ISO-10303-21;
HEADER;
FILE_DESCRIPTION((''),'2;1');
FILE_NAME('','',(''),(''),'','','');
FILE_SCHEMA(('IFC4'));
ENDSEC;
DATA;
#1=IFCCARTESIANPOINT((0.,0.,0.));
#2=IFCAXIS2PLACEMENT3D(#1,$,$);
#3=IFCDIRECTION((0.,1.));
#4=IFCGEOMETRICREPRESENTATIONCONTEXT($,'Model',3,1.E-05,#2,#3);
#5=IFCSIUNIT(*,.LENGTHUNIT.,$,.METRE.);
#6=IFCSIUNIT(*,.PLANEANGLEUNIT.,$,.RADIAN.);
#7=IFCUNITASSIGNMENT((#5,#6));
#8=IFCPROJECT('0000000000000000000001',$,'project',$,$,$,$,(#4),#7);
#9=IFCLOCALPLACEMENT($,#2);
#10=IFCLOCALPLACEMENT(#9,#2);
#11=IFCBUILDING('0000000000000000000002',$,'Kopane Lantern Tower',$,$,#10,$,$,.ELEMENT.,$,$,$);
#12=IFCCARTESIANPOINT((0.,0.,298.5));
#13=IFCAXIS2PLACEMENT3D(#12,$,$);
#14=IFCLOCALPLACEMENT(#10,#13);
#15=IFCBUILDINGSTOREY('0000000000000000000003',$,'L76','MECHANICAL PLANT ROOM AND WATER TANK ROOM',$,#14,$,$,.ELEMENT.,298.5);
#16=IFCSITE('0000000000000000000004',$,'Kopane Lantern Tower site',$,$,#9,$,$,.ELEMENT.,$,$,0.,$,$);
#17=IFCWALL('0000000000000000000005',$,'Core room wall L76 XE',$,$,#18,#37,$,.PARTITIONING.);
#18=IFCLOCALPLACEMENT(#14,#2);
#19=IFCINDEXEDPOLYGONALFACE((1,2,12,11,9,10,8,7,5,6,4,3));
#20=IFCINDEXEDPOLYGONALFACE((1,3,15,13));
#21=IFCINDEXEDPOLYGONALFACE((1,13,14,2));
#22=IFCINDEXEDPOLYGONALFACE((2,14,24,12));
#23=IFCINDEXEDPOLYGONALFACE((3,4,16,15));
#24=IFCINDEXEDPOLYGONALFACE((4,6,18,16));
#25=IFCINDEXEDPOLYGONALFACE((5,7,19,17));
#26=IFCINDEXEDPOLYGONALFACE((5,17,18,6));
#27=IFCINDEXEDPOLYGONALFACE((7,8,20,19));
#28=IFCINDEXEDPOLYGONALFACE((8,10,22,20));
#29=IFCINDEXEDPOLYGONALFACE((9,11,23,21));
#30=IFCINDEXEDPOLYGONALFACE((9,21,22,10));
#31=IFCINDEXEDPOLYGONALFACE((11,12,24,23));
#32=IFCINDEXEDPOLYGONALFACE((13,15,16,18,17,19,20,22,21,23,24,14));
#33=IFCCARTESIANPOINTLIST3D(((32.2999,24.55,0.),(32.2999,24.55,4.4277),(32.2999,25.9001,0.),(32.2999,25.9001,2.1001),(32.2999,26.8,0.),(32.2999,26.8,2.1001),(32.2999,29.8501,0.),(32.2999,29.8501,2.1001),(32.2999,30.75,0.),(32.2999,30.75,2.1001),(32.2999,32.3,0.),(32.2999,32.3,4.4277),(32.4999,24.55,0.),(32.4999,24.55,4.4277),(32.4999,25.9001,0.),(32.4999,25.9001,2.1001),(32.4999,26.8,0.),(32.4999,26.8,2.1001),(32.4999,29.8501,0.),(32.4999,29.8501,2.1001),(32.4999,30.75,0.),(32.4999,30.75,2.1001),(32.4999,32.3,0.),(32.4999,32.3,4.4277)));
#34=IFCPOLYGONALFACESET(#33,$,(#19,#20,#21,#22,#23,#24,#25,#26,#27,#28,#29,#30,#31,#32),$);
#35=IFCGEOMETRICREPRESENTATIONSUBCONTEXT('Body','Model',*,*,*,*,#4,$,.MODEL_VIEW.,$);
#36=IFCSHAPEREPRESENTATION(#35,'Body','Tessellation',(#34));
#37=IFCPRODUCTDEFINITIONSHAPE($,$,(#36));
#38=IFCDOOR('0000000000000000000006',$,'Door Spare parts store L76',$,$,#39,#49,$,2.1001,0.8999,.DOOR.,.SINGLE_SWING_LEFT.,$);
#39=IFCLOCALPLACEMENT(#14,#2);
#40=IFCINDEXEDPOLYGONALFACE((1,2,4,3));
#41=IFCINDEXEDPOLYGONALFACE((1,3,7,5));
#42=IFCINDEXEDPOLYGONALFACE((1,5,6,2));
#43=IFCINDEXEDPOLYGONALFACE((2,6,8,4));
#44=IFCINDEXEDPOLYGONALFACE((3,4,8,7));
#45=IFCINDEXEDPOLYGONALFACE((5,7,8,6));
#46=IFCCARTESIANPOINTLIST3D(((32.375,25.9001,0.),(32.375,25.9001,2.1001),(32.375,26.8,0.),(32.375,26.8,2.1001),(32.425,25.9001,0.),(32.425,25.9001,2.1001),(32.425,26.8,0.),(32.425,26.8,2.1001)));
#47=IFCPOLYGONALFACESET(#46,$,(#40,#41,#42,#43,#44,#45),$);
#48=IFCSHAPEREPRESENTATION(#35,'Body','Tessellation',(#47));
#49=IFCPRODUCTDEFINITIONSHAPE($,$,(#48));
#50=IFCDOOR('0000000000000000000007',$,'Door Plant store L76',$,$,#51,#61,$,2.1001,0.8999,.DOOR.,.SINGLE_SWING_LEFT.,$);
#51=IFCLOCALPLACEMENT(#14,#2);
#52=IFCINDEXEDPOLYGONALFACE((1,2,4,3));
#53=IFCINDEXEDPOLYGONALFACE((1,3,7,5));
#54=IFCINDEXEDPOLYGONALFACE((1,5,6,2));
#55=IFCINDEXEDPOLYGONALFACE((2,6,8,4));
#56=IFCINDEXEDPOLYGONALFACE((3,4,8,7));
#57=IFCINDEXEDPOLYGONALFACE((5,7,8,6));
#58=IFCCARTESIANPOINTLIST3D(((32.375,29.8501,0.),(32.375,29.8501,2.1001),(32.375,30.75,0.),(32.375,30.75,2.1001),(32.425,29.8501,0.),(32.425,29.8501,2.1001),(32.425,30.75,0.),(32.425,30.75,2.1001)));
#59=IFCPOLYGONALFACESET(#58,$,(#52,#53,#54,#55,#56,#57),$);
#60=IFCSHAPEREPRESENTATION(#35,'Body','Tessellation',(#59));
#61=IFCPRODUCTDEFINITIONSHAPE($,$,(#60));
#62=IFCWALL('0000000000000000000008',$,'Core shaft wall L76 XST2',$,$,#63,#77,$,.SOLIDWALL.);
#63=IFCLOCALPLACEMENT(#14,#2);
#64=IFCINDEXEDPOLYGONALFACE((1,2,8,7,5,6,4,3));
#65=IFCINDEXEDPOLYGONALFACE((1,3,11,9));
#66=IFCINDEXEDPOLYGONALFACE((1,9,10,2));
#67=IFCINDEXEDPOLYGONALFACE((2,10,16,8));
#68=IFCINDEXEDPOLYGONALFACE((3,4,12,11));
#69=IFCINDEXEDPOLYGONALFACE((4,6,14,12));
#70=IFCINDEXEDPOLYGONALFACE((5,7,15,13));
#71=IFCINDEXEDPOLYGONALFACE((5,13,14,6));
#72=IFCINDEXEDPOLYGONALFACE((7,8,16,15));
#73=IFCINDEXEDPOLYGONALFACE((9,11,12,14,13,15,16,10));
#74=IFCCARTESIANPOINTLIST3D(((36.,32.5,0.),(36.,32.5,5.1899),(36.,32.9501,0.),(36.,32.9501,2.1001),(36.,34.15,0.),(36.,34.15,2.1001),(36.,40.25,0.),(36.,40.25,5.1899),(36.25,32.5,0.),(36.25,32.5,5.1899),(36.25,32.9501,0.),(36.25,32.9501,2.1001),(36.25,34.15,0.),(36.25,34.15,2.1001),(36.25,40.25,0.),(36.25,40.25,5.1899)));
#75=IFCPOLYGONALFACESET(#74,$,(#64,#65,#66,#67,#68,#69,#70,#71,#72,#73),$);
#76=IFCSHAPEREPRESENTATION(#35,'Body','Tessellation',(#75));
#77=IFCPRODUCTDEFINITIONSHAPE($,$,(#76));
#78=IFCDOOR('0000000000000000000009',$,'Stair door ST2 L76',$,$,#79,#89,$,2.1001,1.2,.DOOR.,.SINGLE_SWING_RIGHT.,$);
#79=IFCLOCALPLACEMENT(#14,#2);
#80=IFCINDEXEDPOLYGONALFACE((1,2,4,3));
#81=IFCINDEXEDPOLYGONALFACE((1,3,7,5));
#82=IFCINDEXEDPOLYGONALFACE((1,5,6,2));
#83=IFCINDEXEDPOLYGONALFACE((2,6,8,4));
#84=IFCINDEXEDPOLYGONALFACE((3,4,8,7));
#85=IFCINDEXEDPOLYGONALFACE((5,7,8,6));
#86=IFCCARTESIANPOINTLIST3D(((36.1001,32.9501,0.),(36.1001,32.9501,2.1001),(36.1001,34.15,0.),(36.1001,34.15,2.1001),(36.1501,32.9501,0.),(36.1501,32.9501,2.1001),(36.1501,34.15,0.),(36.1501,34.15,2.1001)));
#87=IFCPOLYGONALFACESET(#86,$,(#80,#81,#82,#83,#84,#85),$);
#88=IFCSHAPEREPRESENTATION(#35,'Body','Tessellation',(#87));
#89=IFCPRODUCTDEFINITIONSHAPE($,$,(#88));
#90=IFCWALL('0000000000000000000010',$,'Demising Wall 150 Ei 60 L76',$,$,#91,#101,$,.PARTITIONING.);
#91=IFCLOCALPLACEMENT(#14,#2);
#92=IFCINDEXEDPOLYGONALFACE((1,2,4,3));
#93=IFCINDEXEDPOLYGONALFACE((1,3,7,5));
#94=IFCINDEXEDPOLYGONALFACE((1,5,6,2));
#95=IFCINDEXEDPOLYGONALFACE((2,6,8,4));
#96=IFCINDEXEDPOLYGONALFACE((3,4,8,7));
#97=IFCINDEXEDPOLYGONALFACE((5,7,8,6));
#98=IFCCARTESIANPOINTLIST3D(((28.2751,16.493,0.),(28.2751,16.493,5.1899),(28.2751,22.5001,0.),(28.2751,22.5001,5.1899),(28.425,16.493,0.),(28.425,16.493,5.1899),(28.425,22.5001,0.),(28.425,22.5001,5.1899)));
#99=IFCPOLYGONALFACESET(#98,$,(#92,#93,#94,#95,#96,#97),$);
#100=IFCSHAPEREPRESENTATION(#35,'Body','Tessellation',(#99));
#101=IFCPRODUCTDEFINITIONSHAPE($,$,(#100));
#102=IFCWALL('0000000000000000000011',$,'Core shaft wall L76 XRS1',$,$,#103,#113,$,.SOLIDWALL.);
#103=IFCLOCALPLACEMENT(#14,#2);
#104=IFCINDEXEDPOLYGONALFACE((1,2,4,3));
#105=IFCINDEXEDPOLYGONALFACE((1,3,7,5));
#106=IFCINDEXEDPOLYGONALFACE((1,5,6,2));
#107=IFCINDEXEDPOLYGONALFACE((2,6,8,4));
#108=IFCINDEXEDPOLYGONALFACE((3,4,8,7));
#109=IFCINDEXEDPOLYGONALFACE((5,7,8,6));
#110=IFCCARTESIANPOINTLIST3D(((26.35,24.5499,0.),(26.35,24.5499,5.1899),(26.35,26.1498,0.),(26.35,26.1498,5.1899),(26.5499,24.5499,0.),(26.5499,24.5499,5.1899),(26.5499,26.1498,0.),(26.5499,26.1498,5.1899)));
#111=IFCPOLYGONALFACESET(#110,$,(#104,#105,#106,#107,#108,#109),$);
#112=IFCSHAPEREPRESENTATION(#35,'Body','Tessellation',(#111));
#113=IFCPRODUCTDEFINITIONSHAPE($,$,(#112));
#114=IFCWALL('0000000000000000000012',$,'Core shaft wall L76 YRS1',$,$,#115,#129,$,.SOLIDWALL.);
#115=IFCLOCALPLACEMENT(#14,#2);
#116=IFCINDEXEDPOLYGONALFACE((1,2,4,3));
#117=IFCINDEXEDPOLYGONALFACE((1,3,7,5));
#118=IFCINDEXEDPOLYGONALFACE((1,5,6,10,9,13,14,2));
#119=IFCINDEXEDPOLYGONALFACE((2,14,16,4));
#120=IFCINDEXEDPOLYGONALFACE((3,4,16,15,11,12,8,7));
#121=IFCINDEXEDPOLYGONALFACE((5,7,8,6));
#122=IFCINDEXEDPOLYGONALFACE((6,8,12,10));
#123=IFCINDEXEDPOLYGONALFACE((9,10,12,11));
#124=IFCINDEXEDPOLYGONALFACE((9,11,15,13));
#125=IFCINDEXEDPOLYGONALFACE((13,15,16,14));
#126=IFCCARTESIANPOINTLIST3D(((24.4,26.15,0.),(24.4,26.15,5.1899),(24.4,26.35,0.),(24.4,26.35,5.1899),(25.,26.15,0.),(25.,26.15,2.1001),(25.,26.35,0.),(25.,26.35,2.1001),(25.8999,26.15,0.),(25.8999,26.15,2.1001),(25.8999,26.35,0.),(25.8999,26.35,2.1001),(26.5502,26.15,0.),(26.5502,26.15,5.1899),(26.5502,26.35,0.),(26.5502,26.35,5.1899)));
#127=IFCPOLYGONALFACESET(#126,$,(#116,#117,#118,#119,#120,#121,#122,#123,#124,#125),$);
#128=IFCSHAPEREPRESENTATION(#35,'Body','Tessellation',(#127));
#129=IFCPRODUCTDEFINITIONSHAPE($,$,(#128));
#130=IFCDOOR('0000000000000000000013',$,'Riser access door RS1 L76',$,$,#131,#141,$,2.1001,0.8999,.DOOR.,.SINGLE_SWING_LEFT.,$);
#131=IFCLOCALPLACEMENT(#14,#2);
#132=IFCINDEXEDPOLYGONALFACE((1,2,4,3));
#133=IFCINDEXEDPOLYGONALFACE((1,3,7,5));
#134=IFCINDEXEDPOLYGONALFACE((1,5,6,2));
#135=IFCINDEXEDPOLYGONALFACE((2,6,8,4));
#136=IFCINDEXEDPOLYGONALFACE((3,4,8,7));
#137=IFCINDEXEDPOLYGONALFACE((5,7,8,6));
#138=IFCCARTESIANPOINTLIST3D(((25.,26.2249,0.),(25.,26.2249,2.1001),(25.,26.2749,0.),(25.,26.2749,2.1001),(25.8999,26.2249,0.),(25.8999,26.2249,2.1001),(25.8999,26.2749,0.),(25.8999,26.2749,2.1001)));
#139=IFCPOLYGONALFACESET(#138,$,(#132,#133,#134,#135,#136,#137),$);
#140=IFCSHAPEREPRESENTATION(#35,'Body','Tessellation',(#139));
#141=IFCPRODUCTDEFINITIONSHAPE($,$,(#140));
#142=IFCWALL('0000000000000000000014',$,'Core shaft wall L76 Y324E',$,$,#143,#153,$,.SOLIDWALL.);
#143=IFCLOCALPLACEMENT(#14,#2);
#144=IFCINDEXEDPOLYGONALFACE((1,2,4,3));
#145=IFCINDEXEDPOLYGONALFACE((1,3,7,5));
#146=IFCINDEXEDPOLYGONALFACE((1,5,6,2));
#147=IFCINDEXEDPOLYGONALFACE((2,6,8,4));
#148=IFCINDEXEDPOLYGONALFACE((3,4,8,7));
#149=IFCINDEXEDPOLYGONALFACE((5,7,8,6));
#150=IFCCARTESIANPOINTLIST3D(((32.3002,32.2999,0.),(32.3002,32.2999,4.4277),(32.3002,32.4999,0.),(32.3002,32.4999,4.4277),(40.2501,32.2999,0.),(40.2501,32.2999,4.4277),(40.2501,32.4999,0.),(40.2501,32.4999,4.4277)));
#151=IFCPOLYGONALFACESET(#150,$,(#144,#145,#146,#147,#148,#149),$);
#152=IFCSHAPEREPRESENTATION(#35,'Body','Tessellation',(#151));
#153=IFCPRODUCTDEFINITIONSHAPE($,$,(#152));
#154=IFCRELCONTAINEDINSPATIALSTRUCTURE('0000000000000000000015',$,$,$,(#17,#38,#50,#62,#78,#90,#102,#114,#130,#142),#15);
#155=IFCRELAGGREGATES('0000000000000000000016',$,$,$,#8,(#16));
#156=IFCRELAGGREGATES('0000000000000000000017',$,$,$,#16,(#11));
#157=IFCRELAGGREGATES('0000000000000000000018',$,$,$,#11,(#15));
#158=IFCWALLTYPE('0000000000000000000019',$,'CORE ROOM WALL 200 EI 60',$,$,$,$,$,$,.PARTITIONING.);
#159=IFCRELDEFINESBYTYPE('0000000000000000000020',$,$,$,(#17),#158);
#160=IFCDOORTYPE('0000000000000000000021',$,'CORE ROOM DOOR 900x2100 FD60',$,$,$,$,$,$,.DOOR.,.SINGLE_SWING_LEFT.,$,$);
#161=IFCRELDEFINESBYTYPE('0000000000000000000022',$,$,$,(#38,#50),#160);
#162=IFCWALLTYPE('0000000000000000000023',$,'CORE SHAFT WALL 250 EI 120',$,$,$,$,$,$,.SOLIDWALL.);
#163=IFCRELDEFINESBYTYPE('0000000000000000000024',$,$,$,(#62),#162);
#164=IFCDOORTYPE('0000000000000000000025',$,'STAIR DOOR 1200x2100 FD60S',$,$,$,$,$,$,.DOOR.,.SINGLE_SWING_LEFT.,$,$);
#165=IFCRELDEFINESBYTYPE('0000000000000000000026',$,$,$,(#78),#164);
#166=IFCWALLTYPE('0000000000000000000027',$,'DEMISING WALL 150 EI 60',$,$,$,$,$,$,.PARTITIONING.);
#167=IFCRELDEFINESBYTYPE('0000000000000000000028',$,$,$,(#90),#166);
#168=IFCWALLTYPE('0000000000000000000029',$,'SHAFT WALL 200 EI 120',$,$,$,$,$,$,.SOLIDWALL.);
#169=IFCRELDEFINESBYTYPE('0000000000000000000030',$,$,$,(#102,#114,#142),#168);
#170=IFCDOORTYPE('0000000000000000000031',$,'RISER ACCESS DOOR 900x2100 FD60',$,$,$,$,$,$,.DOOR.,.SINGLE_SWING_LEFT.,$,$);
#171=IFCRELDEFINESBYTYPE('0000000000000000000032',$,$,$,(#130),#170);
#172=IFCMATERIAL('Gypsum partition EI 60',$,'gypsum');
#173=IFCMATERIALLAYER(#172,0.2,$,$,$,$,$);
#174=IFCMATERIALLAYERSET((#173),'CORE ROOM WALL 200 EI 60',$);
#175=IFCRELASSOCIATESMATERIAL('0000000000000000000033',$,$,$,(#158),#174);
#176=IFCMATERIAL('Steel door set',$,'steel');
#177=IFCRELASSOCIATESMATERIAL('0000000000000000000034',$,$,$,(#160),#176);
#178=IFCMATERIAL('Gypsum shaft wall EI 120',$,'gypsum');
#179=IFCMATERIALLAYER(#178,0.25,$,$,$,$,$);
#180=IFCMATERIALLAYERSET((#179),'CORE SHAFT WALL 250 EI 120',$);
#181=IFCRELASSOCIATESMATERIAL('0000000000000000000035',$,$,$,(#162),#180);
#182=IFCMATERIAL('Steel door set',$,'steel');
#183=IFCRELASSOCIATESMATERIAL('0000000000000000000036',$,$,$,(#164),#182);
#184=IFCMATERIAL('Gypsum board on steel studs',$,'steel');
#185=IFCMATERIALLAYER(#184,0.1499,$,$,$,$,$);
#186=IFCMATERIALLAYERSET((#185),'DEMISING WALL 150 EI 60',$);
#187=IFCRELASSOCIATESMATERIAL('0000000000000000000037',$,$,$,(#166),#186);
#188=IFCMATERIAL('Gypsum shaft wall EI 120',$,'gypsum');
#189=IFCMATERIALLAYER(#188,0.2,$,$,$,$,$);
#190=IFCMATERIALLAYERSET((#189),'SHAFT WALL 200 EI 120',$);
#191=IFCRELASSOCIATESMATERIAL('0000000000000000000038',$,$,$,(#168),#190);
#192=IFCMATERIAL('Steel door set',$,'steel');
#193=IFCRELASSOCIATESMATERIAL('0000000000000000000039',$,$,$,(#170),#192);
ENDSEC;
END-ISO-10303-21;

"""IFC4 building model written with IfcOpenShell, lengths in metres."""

from ifc_helpers import new_model, si_unit, direction, frame, frame_2d, origin, place, context, subcontext, project, spatial, rectangle, extrude, material, layer, layer_set, type_object, element, fill, save


model = new_model("IFC4")

# Units and contexts
model_context = context("Model", 3, precision=1e-05, world=origin(), true_north=direction((0.0, 1.0)))
body_context = subcontext(model_context, "Body", "Model", "MODEL_VIEW")
ifc_project = project(units=[si_unit("LENGTHUNIT", "METRE"), si_unit("PLANEANGLEUNIT", "RADIAN")], contexts=[model_context])

# Site, building, storey
site_placement = place(None, origin())
site = spatial("IfcSite", under=ifc_project, at=site_placement, Name="Kopane Lantern Tower site", CompositionType="ELEMENT", RefElevation=0.0)
building_placement = place(site_placement, origin())
building = spatial("IfcBuilding", under=site, at=building_placement, Name="Kopane Lantern Tower", CompositionType="ELEMENT")
storey_placement = place(building_placement, frame((0.0, 0.0, 298.5)))
storey = spatial("IfcBuildingStorey", under=building, at=storey_placement, Name="L76", Description="MECHANICAL PLANT ROOM AND WATER TANK ROOM", CompositionType="ELEMENT", Elevation=298.5)

# Wall, openings, doors
ifc_material_1 = material(Name="Gypsum partition EI 60", Category="gypsum")
ifc_layer_1 = layer(ifc_material_1, 0.2)
ifc_layer_set_1 = layer_set([ifc_layer_1], Name="CORE ROOM WALL 200 EI 60")
wall_type_1 = type_object("IfcWallType", Name="CORE ROOM WALL 200 EI 60", PredefinedType="PARTITIONING", material=ifc_layer_set_1)
wall_1_placement = place(storey_placement, frame((32.3999, 24.55, 0.0), z_axis=(0.0, 0.0, 1.0), x_axis=(0.0, 1.0, 0.0)))
wall_1 = element("IfcWall", 1, at=wall_1_placement, inside=storey, type_object=wall_type_1, Name="Core room wall L76 XE", PredefinedType="PARTITIONING", context=body_context, shape_type="SweptSolid", body=[
    extrude(rectangle(XDim=7.75, YDim=0.2, at=frame_2d((3.875, 0.0))), origin(), (0.0, 0.0, 1.0), 4.4277),
])
opening_1_placement = place(wall_1_placement, frame((1.3501, 0.0, 0.0)))
opening_1 = element("IfcOpeningElement", 2, at=opening_1_placement, cuts=wall_1, PredefinedType="OPENING", context=body_context, shape_type="SweptSolid", body=[
    extrude(rectangle(XDim=0.8999, YDim=2.1001, at=frame_2d((0.45, 1.05))), frame((0.0, 0.1099, 0.0), z_axis=(0.0, -1.0, 0.0), x_axis=(1.0, 0.0, 0.0)), (0.0, 0.0, 1.0), 0.22),
])
opening_2_placement = place(wall_1_placement, frame((5.3, 0.0, 0.0)))
opening_2 = element("IfcOpeningElement", 3, at=opening_2_placement, cuts=wall_1, PredefinedType="OPENING", context=body_context, shape_type="SweptSolid", body=[
    extrude(rectangle(XDim=0.8999, YDim=2.1001, at=frame_2d((0.45, 1.05))), frame((0.0, 0.1099, 0.0), z_axis=(0.0, -1.0, 0.0), x_axis=(1.0, 0.0, 0.0)), (0.0, 0.0, 1.0), 0.22),
])
ifc_material_2 = material(Name="Steel door set", Category="steel")
door_type_1 = type_object("IfcDoorType", Name="CORE ROOM DOOR 900x2100 FD60", OperationType="SINGLE_SWING_LEFT", PredefinedType="DOOR", material=ifc_material_2)
door_1_placement = place(opening_1_placement, origin())
door_1 = element("IfcDoor", 4, at=door_1_placement, inside=storey, type_object=door_type_1, Name="Door Spare parts store L76", OperationType="SINGLE_SWING_LEFT", OverallHeight=2.1001, OverallWidth=0.8999, PredefinedType="DOOR", context=body_context, shape_type="SweptSolid", body=[
    extrude(rectangle(XDim=0.8999, YDim=2.1001, at=frame_2d((0.45, 1.05))), frame((0.0, 0.0249, 0.0), z_axis=(0.0, -1.0, 0.0), x_axis=(1.0, 0.0, 0.0)), (0.0, 0.0, 1.0), 0.05),
])
fill(opening_1, door_1)
door_2_placement = place(opening_2_placement, origin())
door_2 = element("IfcDoor", 5, at=door_2_placement, inside=storey, type_object=door_type_1, Name="Door Plant store L76", OperationType="SINGLE_SWING_LEFT", OverallHeight=2.1001, OverallWidth=0.8999, PredefinedType="DOOR", context=body_context, shape_type="SweptSolid", body=[
    extrude(rectangle(XDim=0.8999, YDim=2.1001, at=frame_2d((0.45, 1.05))), frame((0.0, 0.0249, 0.0), z_axis=(0.0, -1.0, 0.0), x_axis=(1.0, 0.0, 0.0)), (0.0, 0.0, 1.0), 0.05),
])
fill(opening_2, door_2)

# Wall, opening, door
ifc_material_3 = material(Name="Gypsum shaft wall EI 120", Category="gypsum")
ifc_layer_2 = layer(ifc_material_3, 0.25)
ifc_layer_set_2 = layer_set([ifc_layer_2], Name="CORE SHAFT WALL 250 EI 120")
wall_type_2 = type_object("IfcWallType", Name="CORE SHAFT WALL 250 EI 120", PredefinedType="SOLIDWALL", material=ifc_layer_set_2)
wall_2_placement = place(storey_placement, frame((36.125, 32.5, 0.0), z_axis=(0.0, 0.0, 1.0), x_axis=(0.0, 1.0, 0.0)))
wall_2 = element("IfcWall", 6, at=wall_2_placement, inside=storey, type_object=wall_type_2, Name="Core shaft wall L76 XST2", PredefinedType="SOLIDWALL", context=body_context, shape_type="SweptSolid", body=[
    extrude(rectangle(XDim=7.75, YDim=0.25, at=frame_2d((3.875, 0.0))), origin(), (0.0, 0.0, 1.0), 5.1899),
])
opening_3_placement = place(wall_2_placement, frame((0.45, 0.0, 0.0)))
opening_3 = element("IfcOpeningElement", 7, at=opening_3_placement, cuts=wall_2, PredefinedType="OPENING", context=body_context, shape_type="SweptSolid", body=[
    extrude(rectangle(XDim=1.2, YDim=2.1001, at=frame_2d((0.6001, 1.05))), frame((0.0, 0.135, 0.0), z_axis=(0.0, -1.0, 0.0), x_axis=(1.0, 0.0, 0.0)), (0.0, 0.0, 1.0), 0.27),
])
ifc_material_4 = material(Name="Steel door set", Category="steel")
door_type_2 = type_object("IfcDoorType", Name="STAIR DOOR 1200x2100 FD60S", OperationType="SINGLE_SWING_LEFT", PredefinedType="DOOR", material=ifc_material_4)
door_3_placement = place(opening_3_placement, origin())
door_3 = element("IfcDoor", 8, at=door_3_placement, inside=storey, type_object=door_type_2, Name="Stair door ST2 L76", OperationType="SINGLE_SWING_RIGHT", OverallHeight=2.1001, OverallWidth=1.2, PredefinedType="DOOR", context=body_context, shape_type="SweptSolid", body=[
    extrude(rectangle(XDim=1.2, YDim=2.1001, at=frame_2d((0.6001, 1.05))), frame((0.0, 0.0249, 0.0), z_axis=(0.0, -1.0, 0.0), x_axis=(1.0, 0.0, 0.0)), (0.0, 0.0, 1.0), 0.05),
])
fill(opening_3, door_3)

# Walls
ifc_material_5 = material(Name="Gypsum board on steel studs", Category="steel")
ifc_layer_3 = layer(ifc_material_5, 0.1499)
ifc_layer_set_3 = layer_set([ifc_layer_3], Name="DEMISING WALL 150 EI 60")
wall_type_3 = type_object("IfcWallType", Name="DEMISING WALL 150 EI 60", PredefinedType="PARTITIONING", material=ifc_layer_set_3)
wall_3_placement = place(storey_placement, frame((28.3501, 22.5, 0.0), z_axis=(0.0, 0.0, 1.0), x_axis=(0.0, -1.0, 0.0)))
element("IfcWall", 9, at=wall_3_placement, inside=storey, type_object=wall_type_3, Name="Demising Wall 150 Ei 60 L76", PredefinedType="PARTITIONING", context=body_context, shape_type="SweptSolid", body=[
    extrude(rectangle(XDim=6.0071, YDim=0.1499, at=frame_2d((3.0034, 0.0))), origin(), (0.0, 0.0, 1.0), 5.1899),
])
ifc_material_6 = material(Name="Gypsum shaft wall EI 120", Category="gypsum")
ifc_layer_4 = layer(ifc_material_6, 0.2)
ifc_layer_set_4 = layer_set([ifc_layer_4], Name="SHAFT WALL 200 EI 120")
wall_type_4 = type_object("IfcWallType", Name="SHAFT WALL 200 EI 120", PredefinedType="SOLIDWALL", material=ifc_layer_set_4)
wall_4_placement = place(storey_placement, frame((26.45, 24.55, 0.0), z_axis=(0.0, 0.0, 1.0), x_axis=(0.0, 1.0, 0.0)))
element("IfcWall", 10, at=wall_4_placement, inside=storey, type_object=wall_type_4, Name="Core shaft wall L76 XRS1", PredefinedType="SOLIDWALL", context=body_context, shape_type="SweptSolid", body=[
    extrude(rectangle(XDim=1.5999, YDim=0.2, at=frame_2d((0.7998, 0.0))), origin(), (0.0, 0.0, 1.0), 5.1899),
])

# Wall, opening, door
wall_5_placement = place(storey_placement, frame((24.3999, 26.25, 0.0), z_axis=(0.0, 0.0, 1.0), x_axis=(1.0, 0.0, 0.0)))
wall_5 = element("IfcWall", 11, at=wall_5_placement, inside=storey, type_object=wall_type_4, Name="Core shaft wall L76 YRS1", PredefinedType="SOLIDWALL", context=body_context, shape_type="SweptSolid", body=[
    extrude(rectangle(XDim=2.1501, YDim=0.2, at=frame_2d((1.0752, 0.0))), origin(), (0.0, 0.0, 1.0), 5.1899),
])
opening_4_placement = place(wall_5_placement, frame((0.6001, 0.0, 0.0)))
opening_4 = element("IfcOpeningElement", 12, at=opening_4_placement, cuts=wall_5, PredefinedType="OPENING", context=body_context, shape_type="SweptSolid", body=[
    extrude(rectangle(XDim=0.8999, YDim=2.1001, at=frame_2d((0.45, 1.05))), frame((0.0, 0.1099, 0.0), z_axis=(0.0, -1.0, 0.0), x_axis=(1.0, 0.0, 0.0)), (0.0, 0.0, 1.0), 0.22),
])
ifc_material_7 = material(Name="Steel door set", Category="steel")
door_type_3 = type_object("IfcDoorType", Name="RISER ACCESS DOOR 900x2100 FD60", OperationType="SINGLE_SWING_LEFT", PredefinedType="DOOR", material=ifc_material_7)
door_4_placement = place(opening_4_placement, origin())
door_4 = element("IfcDoor", 13, at=door_4_placement, inside=storey, type_object=door_type_3, Name="Riser access door RS1 L76", OperationType="SINGLE_SWING_LEFT", OverallHeight=2.1001, OverallWidth=0.8999, PredefinedType="DOOR", context=body_context, shape_type="SweptSolid", body=[
    extrude(rectangle(XDim=0.8999, YDim=2.1001, at=frame_2d((0.45, 1.05))), frame((0.0, 0.0249, 0.0), z_axis=(0.0, -1.0, 0.0), x_axis=(1.0, 0.0, 0.0)), (0.0, 0.0, 1.0), 0.05),
])
fill(opening_4, door_4)

# Wall
wall_6_placement = place(storey_placement, frame((32.3, 32.3999, 0.0), z_axis=(0.0, 0.0, 1.0), x_axis=(1.0, 0.0, 0.0)))
element("IfcWall", 14, at=wall_6_placement, inside=storey, type_object=wall_type_4, Name="Core shaft wall L76 Y324E", PredefinedType="SOLIDWALL", context=body_context, shape_type="SweptSolid", body=[
    extrude(rectangle(XDim=7.95, YDim=0.2, at=frame_2d((3.9751, 0.0))), origin(), (0.0, 0.0, 1.0), 4.4277),
])

save(model, "model.ifc")
